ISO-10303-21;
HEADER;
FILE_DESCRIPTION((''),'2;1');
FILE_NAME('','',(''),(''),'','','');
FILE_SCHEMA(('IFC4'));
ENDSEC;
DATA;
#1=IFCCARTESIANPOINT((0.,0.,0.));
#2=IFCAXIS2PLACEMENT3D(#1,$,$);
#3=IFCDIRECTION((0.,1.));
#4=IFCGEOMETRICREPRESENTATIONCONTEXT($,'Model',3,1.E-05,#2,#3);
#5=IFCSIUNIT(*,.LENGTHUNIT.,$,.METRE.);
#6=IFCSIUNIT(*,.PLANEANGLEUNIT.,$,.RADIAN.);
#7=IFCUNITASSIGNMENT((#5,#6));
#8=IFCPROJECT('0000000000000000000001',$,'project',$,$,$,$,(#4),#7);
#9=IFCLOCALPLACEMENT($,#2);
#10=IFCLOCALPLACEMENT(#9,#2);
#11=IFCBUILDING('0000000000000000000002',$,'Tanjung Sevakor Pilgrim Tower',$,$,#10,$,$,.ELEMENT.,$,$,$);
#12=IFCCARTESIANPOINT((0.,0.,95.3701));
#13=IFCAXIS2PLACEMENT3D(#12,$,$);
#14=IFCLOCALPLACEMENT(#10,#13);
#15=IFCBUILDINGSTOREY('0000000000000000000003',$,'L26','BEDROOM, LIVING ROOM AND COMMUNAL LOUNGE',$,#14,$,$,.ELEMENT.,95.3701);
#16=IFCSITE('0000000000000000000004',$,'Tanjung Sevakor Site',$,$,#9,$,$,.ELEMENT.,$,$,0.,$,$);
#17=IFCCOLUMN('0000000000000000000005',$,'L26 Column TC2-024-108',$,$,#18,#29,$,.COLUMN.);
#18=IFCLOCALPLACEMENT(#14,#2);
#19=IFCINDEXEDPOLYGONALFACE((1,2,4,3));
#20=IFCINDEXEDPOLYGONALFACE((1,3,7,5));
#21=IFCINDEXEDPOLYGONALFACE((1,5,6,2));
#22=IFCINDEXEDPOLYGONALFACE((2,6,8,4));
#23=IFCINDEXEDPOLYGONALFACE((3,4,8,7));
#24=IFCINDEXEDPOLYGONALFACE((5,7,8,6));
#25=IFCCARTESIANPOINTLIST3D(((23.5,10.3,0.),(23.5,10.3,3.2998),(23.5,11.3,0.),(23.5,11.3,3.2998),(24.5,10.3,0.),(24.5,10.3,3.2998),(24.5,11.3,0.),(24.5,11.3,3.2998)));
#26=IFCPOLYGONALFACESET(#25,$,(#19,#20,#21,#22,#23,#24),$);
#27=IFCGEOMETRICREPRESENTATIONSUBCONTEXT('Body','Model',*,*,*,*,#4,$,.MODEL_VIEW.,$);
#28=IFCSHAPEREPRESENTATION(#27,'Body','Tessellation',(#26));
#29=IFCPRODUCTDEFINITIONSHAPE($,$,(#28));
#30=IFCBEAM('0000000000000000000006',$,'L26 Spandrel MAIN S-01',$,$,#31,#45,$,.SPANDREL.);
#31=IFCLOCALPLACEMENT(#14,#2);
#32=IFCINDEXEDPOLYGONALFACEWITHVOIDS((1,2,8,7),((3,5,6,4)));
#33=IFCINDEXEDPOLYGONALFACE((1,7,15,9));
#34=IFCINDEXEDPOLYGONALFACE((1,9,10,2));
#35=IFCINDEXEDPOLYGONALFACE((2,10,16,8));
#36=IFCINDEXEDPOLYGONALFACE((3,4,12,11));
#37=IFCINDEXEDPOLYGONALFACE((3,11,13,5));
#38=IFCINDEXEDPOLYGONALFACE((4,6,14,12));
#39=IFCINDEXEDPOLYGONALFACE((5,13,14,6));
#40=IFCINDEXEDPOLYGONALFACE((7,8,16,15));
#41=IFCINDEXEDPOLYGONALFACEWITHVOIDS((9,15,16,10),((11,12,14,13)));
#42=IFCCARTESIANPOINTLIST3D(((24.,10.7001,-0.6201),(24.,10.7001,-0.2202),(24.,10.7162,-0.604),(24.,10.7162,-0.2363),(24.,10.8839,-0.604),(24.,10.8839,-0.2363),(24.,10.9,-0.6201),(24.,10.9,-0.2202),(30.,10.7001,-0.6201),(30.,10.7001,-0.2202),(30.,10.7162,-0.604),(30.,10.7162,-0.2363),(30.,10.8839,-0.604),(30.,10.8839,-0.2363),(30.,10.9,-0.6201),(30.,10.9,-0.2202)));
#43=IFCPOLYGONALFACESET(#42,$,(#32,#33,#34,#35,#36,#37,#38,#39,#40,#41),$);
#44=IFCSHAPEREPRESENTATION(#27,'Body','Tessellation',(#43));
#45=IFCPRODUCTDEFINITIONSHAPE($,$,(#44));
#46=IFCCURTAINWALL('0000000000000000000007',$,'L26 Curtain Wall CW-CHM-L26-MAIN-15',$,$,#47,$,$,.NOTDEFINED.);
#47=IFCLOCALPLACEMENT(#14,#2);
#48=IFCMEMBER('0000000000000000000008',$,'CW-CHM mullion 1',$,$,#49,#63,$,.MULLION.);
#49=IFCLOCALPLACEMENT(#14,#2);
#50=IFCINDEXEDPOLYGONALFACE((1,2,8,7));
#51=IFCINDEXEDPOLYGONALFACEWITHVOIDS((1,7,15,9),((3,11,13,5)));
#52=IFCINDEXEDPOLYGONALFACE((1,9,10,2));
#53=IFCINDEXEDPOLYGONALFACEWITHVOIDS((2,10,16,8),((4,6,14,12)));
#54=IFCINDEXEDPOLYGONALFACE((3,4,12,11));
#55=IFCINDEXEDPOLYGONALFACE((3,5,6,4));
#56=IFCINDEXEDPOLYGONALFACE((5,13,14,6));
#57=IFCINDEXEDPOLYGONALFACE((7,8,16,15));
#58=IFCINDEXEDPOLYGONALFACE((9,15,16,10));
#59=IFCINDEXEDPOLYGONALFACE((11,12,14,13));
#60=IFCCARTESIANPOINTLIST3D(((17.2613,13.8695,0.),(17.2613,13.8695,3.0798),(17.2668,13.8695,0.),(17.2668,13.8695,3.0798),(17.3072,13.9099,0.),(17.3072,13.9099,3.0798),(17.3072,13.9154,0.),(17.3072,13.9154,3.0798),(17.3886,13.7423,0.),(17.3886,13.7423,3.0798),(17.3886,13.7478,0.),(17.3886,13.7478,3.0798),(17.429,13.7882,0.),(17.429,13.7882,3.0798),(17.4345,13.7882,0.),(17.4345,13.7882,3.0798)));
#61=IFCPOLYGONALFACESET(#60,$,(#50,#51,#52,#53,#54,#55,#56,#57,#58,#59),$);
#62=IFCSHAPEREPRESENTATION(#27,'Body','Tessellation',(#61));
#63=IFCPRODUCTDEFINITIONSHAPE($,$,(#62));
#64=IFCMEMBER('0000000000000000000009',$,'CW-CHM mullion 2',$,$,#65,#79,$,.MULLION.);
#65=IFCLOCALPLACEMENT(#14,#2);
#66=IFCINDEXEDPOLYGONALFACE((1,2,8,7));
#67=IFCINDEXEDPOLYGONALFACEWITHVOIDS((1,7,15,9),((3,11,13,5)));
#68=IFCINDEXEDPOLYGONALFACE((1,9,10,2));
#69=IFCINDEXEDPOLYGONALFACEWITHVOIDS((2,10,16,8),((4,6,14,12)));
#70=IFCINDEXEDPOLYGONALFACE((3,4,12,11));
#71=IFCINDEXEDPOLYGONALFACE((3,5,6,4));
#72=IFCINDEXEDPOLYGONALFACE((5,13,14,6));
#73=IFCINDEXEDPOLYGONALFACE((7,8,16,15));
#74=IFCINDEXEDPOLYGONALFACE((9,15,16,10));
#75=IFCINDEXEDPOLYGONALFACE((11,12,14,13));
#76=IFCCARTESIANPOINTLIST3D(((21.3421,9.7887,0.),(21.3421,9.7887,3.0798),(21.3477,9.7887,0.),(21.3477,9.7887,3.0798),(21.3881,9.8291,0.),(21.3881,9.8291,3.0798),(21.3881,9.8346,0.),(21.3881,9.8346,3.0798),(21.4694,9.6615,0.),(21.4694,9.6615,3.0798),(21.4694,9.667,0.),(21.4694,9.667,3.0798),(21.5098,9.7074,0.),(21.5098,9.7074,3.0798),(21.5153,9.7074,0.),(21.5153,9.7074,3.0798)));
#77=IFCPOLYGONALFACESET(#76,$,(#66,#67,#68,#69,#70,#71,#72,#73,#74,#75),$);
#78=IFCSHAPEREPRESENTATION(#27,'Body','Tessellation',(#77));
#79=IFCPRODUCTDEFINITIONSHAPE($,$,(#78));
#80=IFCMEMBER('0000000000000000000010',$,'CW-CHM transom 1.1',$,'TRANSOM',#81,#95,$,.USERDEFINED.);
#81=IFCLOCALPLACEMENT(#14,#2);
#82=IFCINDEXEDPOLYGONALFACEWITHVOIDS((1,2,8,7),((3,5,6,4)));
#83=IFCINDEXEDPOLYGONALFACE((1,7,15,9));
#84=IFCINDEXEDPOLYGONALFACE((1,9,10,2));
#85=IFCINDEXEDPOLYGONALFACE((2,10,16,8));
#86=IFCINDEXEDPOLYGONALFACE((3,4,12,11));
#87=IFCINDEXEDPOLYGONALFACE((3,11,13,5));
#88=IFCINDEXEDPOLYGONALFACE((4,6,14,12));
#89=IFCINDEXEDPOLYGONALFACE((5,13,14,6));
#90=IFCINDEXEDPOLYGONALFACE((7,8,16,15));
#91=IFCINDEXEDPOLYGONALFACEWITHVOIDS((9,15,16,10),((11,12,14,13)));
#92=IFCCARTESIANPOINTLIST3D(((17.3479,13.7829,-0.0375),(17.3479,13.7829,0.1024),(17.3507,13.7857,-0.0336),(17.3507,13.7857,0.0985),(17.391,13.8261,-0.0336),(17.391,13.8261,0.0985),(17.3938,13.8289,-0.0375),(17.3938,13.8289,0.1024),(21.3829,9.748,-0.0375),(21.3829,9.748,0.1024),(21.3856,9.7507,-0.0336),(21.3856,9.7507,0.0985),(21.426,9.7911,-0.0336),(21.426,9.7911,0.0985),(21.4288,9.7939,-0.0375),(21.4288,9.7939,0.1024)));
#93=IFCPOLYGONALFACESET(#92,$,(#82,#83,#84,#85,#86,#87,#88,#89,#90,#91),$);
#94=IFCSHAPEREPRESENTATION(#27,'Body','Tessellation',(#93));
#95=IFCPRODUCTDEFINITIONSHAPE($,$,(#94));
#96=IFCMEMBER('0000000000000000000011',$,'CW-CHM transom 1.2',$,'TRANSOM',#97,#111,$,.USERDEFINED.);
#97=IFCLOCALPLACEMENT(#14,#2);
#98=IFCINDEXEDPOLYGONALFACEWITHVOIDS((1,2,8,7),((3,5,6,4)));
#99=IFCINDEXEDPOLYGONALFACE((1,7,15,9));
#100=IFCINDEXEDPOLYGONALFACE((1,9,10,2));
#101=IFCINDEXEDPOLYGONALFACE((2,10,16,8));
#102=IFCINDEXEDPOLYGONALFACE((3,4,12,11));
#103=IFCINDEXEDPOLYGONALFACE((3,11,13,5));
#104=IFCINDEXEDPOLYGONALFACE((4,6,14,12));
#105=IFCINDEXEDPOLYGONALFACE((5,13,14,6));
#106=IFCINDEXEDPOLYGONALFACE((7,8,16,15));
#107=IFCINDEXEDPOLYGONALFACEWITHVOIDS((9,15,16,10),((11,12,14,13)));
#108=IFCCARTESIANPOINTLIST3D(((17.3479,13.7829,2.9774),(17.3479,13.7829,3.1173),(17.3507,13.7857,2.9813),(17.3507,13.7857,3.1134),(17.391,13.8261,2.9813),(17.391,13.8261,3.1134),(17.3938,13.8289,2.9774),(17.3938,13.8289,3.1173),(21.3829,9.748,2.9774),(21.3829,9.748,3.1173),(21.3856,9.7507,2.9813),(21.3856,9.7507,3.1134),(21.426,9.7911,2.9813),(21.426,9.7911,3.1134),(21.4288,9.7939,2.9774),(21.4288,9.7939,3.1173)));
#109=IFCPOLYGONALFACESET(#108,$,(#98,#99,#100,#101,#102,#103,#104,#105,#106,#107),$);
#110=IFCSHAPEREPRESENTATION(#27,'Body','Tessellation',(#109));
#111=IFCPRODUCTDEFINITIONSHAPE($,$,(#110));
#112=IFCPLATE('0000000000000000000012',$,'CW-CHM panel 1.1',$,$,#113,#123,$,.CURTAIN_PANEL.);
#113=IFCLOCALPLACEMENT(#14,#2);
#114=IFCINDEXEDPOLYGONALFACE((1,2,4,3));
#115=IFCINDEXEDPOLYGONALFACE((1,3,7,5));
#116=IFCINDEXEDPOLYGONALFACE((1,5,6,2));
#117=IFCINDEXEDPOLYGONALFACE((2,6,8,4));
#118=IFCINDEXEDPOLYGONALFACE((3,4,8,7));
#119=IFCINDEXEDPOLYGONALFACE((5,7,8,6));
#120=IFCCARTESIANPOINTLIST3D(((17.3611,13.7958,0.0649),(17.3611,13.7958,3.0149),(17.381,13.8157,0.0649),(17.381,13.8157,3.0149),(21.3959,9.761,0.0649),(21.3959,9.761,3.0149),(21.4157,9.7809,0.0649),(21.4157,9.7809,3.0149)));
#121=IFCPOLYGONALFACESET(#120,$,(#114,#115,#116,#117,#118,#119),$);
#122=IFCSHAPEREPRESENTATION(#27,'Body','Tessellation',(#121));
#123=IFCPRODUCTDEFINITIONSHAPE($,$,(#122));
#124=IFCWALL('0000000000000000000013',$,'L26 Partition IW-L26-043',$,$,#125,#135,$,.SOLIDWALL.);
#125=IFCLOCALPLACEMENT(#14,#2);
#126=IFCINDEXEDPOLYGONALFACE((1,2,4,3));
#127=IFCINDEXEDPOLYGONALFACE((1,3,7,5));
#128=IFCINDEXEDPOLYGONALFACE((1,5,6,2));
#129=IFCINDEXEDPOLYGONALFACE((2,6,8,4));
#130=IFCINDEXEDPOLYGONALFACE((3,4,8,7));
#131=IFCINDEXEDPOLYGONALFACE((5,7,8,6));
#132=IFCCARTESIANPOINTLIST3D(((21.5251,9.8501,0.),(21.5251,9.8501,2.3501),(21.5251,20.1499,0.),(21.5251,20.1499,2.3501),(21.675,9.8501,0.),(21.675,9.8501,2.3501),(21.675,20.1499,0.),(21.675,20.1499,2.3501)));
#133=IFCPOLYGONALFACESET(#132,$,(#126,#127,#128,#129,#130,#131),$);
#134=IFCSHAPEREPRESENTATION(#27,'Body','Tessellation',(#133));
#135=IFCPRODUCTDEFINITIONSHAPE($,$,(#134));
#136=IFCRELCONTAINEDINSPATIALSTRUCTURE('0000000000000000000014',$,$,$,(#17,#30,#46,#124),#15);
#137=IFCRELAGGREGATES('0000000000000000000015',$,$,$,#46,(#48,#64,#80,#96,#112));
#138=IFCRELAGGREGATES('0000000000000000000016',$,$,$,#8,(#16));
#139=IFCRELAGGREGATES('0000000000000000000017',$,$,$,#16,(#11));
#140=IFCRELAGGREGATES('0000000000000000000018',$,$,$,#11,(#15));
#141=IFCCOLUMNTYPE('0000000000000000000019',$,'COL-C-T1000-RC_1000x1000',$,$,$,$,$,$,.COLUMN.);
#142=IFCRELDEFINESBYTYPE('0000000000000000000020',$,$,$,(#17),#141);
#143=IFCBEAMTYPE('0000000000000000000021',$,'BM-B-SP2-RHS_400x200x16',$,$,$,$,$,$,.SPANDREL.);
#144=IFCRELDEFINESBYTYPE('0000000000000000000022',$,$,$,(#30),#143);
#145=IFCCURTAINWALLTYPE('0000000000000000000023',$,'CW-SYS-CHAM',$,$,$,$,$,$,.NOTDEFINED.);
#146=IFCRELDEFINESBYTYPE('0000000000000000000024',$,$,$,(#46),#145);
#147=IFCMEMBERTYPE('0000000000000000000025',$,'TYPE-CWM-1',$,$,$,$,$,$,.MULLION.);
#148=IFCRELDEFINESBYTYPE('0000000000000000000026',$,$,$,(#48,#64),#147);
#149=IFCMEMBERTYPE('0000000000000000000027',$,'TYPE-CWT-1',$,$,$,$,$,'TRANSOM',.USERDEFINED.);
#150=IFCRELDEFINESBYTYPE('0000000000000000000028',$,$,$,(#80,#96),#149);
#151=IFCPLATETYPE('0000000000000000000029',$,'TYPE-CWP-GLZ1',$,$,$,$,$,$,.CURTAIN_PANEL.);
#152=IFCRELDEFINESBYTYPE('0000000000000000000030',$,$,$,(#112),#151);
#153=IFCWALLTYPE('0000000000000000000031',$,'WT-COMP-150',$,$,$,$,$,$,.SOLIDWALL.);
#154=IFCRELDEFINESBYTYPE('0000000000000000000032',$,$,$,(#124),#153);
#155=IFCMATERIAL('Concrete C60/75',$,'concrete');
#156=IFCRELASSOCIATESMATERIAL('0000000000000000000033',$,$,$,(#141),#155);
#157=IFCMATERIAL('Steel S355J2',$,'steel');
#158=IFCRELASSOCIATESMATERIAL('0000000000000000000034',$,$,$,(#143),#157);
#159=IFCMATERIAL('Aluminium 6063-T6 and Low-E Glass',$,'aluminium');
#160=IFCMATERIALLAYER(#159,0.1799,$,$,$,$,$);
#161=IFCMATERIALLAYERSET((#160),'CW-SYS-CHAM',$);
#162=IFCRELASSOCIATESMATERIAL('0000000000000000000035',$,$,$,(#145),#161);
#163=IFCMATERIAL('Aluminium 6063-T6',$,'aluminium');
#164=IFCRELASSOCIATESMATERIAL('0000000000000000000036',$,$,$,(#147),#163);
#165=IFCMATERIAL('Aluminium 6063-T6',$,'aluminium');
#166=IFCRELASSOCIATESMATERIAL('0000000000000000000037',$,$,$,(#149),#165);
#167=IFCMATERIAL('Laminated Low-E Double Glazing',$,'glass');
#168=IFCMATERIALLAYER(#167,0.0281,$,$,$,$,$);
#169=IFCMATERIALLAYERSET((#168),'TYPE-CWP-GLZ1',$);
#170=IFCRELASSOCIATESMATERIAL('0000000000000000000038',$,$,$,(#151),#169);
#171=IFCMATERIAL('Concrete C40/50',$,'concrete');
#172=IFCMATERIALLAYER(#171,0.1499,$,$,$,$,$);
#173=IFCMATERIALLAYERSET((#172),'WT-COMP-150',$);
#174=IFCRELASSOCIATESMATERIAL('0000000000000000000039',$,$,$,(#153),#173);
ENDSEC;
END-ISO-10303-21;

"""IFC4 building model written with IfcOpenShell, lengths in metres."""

from ifc_helpers import new_model, si_unit, direction, frame, frame_2d, origin, origin_2d, place, context, subcontext, project, spatial, rectangle, hollow_rectangle, extrude, material, layer, layer_set, material_profile, profile_set, type_object, element, aggregate, save


model = new_model("IFC4")

# Units and contexts
model_context = context("Model", 3, precision=1e-05, world=origin(), true_north=direction((0.0, 1.0)))
body_context = subcontext(model_context, "Body", "Model", "MODEL_VIEW")
ifc_project = project(units=[si_unit("LENGTHUNIT", "METRE"), si_unit("PLANEANGLEUNIT", "RADIAN")], contexts=[model_context])

# Site, building, storey
site_placement = place(None, origin())
site = spatial("IfcSite", under=ifc_project, at=site_placement, Name="Tanjung Sevakor Site", CompositionType="ELEMENT", RefElevation=0.0)
building_placement = place(site_placement, origin())
building = spatial("IfcBuilding", under=site, at=building_placement, Name="Tanjung Sevakor Pilgrim Tower", CompositionType="ELEMENT")
storey_placement = place(building_placement, frame((0.0, 0.0, 95.3701)))
storey = spatial("IfcBuildingStorey", under=building, at=storey_placement, Name="L26", Description="BEDROOM, LIVING ROOM AND COMMUNAL LOUNGE", CompositionType="ELEMENT", Elevation=95.3701)

# Column
ifc_material_1 = material(Name="Concrete C60/75", Category="concrete")
ifc_material_profile_1 = material_profile(ifc_material_1, rectangle(XDim=1.0, YDim=1.0, at=origin_2d()))
ifc_profile_set_1 = profile_set([ifc_material_profile_1], Name="Concrete C60/75")
column_type = type_object("IfcColumnType", Name="COL-C-T1000-RC_1000x1000", PredefinedType="COLUMN", material=ifc_profile_set_1)
column_placement = place(storey_placement, frame((24.0, 10.8, 0.0), z_axis=(0.0, 0.0, 1.0), x_axis=(1.0, 0.0, 0.0)))
element("IfcColumn", 1, at=column_placement, inside=storey, type_object=column_type, Name="L26 Column TC2-024-108", PredefinedType="COLUMN", context=body_context, shape_type="SweptSolid", body=[
    extrude(rectangle(XDim=1.0, YDim=1.0, at=origin_2d()), origin(), (0.0, 0.0, 1.0), 3.2998),
])

# Beam
ifc_material_2 = material(Name="Steel S355J2", Category="steel")
ifc_material_profile_2 = material_profile(ifc_material_2, hollow_rectangle(XDim=0.2, YDim=0.3999, WallThickness=0.0161, at=origin_2d()))
ifc_profile_set_2 = profile_set([ifc_material_profile_2], Name="Steel S355J2")
beam_type = type_object("IfcBeamType", Name="BM-B-SP2-RHS_400x200x16", PredefinedType="SPANDREL", material=ifc_profile_set_2)
beam_placement = place(storey_placement, frame((24.0, 10.8, -0.4202), z_axis=(1.0, 0.0, 0.0), x_axis=(0.0, 1.0, 0.0)))
element("IfcBeam", 2, at=beam_placement, inside=storey, type_object=beam_type, Name="L26 Spandrel MAIN S-01", PredefinedType="SPANDREL", context=body_context, shape_type="SweptSolid", body=[
    extrude(hollow_rectangle(XDim=0.2, YDim=0.3999, WallThickness=0.0161, at=origin_2d()), origin(), (0.0, 0.0, 1.0), 6.0),
])

# Curtain wall, members, plate
ifc_material_3 = material(Name="Aluminium 6063-T6 and Low-E Glass", Category="aluminium")
ifc_layer_1 = layer(ifc_material_3, 0.1799)
ifc_layer_set_1 = layer_set([ifc_layer_1], Name="CW-SYS-CHAM")
curtain_wall_type = type_object("IfcCurtainWallType", Name="CW-SYS-CHAM", PredefinedType="NOTDEFINED", material=ifc_layer_set_1)
curtain_wall_placement = place(storey_placement, origin())
curtain_wall = element("IfcCurtainWall", 3, at=curtain_wall_placement, inside=storey, type_object=curtain_wall_type, Name="L26 Curtain Wall CW-CHM-L26-MAIN-15", PredefinedType="NOTDEFINED")
ifc_material_4 = material(Name="Aluminium 6063-T6", Category="aluminium")
ifc_material_profile_3 = material_profile(ifc_material_4, hollow_rectangle(XDim=0.0649, YDim=0.1799, WallThickness=0.0039, at=origin_2d()))
ifc_profile_set_3 = profile_set([ifc_material_profile_3], Name="Aluminium 6063-T6")
member_type_1 = type_object("IfcMemberType", Name="TYPE-CWM-1", PredefinedType="MULLION", material=ifc_profile_set_3)
member_1_placement = place(storey_placement, frame((17.3479, 13.8289, 0.0), z_axis=(0.0, 0.0, 1.0), x_axis=(0.707107, 0.707107, 0.0)))
member_1 = element("IfcMember", 4, at=member_1_placement, type_object=member_type_1, Name="CW-CHM mullion 1", PredefinedType="MULLION", context=body_context, shape_type="SweptSolid", body=[
    extrude(hollow_rectangle(XDim=0.0649, YDim=0.1799, WallThickness=0.0039, at=origin_2d()), origin(), (0.0, 0.0, 1.0), 3.0798),
])
member_2_placement = place(storey_placement, frame((21.4287, 9.748, 0.0), z_axis=(0.0, 0.0, 1.0), x_axis=(0.707107, 0.707107, 0.0)))
member_2 = element("IfcMember", 5, at=member_2_placement, type_object=member_type_1, Name="CW-CHM mullion 2", PredefinedType="MULLION", context=body_context, shape_type="SweptSolid", body=[
    extrude(hollow_rectangle(XDim=0.0649, YDim=0.1799, WallThickness=0.0039, at=origin_2d()), origin(), (0.0, 0.0, 1.0), 3.0798),
])
ifc_material_5 = material(Name="Aluminium 6063-T6", Category="aluminium")
ifc_material_profile_4 = material_profile(ifc_material_5, hollow_rectangle(XDim=0.0649, YDim=0.1399, WallThickness=0.0039, at=origin_2d()))
ifc_profile_set_4 = profile_set([ifc_material_profile_4], Name="Aluminium 6063-T6")
member_type_2 = type_object("IfcMemberType", Name="TYPE-CWT-1", ElementType="TRANSOM", PredefinedType="USERDEFINED", material=ifc_profile_set_4)
member_3_placement = place(storey_placement, frame((17.3708, 13.8059, 0.0325), z_axis=(0.707107, -0.707107, 0.0), x_axis=(0.707107, 0.707107, 0.0)))
member_3 = element("IfcMember", 6, at=member_3_placement, type_object=member_type_2, Name="CW-CHM transom 1.1", ObjectType="TRANSOM", PredefinedType="USERDEFINED", context=body_context, shape_type="SweptSolid", body=[
    extrude(hollow_rectangle(XDim=0.0649, YDim=0.1399, WallThickness=0.0039, at=origin_2d()), origin(), (0.0, 0.0, 1.0), 5.7063),
])
member_4_placement = place(storey_placement, frame((17.3708, 13.8059, 3.0474), z_axis=(0.707107, -0.707107, 0.0), x_axis=(0.707107, 0.707107, 0.0)))
member_4 = element("IfcMember", 7, at=member_4_placement, type_object=member_type_2, Name="CW-CHM transom 1.2", ObjectType="TRANSOM", PredefinedType="USERDEFINED", context=body_context, shape_type="SweptSolid", body=[
    extrude(hollow_rectangle(XDim=0.0649, YDim=0.1399, WallThickness=0.0039, at=origin_2d()), origin(), (0.0, 0.0, 1.0), 5.7063),
])
ifc_material_6 = material(Name="Laminated Low-E Double Glazing", Category="glass")
ifc_layer_2 = layer(ifc_material_6, 0.0281)
ifc_layer_set_2 = layer_set([ifc_layer_2], Name="TYPE-CWP-GLZ1")
plate_type = type_object("IfcPlateType", Name="TYPE-CWP-GLZ1", PredefinedType="CURTAIN_PANEL", material=ifc_layer_set_2)
plate_placement = place(storey_placement, frame((19.3884, 11.7883, 0.0649), z_axis=(0.0, 0.0, 1.0), x_axis=(0.707107, -0.707107, 0.0)))
plate = element("IfcPlate", 8, at=plate_placement, type_object=plate_type, Name="CW-CHM panel 1.1", PredefinedType="CURTAIN_PANEL", context=body_context, shape_type="SweptSolid", body=[
    extrude(rectangle(XDim=5.7061, YDim=0.0281, at=origin_2d()), origin(), (0.0, 0.0, 1.0), 2.95),
])
aggregate(curtain_wall, [member_1, member_2, member_3, member_4, plate])

# Wall
ifc_material_7 = material(Name="Concrete C40/50", Category="concrete")
ifc_layer_3 = layer(ifc_material_7, 0.1499)
ifc_layer_set_3 = layer_set([ifc_layer_3], Name="WT-COMP-150")
wall_type_1 = type_object("IfcWallType", Name="WT-COMP-150", PredefinedType="SOLIDWALL", material=ifc_layer_set_3)
wall_1_placement = place(storey_placement, frame((21.6001, 9.8501, 0.0), z_axis=(0.0, 0.0, 1.0), x_axis=(0.0, 1.0, 0.0)))
element("IfcWall", 9, at=wall_1_placement, inside=storey, type_object=wall_type_1, Name="L26 Partition IW-L26-043", PredefinedType="SOLIDWALL", context=body_context, shape_type="SweptSolid", body=[
    extrude(rectangle(XDim=10.2998, YDim=0.1499, at=frame_2d((5.1499, 0.0))), origin(), (0.0, 0.0, 1.0), 2.3501),
])

save(model, "model.ifc")
